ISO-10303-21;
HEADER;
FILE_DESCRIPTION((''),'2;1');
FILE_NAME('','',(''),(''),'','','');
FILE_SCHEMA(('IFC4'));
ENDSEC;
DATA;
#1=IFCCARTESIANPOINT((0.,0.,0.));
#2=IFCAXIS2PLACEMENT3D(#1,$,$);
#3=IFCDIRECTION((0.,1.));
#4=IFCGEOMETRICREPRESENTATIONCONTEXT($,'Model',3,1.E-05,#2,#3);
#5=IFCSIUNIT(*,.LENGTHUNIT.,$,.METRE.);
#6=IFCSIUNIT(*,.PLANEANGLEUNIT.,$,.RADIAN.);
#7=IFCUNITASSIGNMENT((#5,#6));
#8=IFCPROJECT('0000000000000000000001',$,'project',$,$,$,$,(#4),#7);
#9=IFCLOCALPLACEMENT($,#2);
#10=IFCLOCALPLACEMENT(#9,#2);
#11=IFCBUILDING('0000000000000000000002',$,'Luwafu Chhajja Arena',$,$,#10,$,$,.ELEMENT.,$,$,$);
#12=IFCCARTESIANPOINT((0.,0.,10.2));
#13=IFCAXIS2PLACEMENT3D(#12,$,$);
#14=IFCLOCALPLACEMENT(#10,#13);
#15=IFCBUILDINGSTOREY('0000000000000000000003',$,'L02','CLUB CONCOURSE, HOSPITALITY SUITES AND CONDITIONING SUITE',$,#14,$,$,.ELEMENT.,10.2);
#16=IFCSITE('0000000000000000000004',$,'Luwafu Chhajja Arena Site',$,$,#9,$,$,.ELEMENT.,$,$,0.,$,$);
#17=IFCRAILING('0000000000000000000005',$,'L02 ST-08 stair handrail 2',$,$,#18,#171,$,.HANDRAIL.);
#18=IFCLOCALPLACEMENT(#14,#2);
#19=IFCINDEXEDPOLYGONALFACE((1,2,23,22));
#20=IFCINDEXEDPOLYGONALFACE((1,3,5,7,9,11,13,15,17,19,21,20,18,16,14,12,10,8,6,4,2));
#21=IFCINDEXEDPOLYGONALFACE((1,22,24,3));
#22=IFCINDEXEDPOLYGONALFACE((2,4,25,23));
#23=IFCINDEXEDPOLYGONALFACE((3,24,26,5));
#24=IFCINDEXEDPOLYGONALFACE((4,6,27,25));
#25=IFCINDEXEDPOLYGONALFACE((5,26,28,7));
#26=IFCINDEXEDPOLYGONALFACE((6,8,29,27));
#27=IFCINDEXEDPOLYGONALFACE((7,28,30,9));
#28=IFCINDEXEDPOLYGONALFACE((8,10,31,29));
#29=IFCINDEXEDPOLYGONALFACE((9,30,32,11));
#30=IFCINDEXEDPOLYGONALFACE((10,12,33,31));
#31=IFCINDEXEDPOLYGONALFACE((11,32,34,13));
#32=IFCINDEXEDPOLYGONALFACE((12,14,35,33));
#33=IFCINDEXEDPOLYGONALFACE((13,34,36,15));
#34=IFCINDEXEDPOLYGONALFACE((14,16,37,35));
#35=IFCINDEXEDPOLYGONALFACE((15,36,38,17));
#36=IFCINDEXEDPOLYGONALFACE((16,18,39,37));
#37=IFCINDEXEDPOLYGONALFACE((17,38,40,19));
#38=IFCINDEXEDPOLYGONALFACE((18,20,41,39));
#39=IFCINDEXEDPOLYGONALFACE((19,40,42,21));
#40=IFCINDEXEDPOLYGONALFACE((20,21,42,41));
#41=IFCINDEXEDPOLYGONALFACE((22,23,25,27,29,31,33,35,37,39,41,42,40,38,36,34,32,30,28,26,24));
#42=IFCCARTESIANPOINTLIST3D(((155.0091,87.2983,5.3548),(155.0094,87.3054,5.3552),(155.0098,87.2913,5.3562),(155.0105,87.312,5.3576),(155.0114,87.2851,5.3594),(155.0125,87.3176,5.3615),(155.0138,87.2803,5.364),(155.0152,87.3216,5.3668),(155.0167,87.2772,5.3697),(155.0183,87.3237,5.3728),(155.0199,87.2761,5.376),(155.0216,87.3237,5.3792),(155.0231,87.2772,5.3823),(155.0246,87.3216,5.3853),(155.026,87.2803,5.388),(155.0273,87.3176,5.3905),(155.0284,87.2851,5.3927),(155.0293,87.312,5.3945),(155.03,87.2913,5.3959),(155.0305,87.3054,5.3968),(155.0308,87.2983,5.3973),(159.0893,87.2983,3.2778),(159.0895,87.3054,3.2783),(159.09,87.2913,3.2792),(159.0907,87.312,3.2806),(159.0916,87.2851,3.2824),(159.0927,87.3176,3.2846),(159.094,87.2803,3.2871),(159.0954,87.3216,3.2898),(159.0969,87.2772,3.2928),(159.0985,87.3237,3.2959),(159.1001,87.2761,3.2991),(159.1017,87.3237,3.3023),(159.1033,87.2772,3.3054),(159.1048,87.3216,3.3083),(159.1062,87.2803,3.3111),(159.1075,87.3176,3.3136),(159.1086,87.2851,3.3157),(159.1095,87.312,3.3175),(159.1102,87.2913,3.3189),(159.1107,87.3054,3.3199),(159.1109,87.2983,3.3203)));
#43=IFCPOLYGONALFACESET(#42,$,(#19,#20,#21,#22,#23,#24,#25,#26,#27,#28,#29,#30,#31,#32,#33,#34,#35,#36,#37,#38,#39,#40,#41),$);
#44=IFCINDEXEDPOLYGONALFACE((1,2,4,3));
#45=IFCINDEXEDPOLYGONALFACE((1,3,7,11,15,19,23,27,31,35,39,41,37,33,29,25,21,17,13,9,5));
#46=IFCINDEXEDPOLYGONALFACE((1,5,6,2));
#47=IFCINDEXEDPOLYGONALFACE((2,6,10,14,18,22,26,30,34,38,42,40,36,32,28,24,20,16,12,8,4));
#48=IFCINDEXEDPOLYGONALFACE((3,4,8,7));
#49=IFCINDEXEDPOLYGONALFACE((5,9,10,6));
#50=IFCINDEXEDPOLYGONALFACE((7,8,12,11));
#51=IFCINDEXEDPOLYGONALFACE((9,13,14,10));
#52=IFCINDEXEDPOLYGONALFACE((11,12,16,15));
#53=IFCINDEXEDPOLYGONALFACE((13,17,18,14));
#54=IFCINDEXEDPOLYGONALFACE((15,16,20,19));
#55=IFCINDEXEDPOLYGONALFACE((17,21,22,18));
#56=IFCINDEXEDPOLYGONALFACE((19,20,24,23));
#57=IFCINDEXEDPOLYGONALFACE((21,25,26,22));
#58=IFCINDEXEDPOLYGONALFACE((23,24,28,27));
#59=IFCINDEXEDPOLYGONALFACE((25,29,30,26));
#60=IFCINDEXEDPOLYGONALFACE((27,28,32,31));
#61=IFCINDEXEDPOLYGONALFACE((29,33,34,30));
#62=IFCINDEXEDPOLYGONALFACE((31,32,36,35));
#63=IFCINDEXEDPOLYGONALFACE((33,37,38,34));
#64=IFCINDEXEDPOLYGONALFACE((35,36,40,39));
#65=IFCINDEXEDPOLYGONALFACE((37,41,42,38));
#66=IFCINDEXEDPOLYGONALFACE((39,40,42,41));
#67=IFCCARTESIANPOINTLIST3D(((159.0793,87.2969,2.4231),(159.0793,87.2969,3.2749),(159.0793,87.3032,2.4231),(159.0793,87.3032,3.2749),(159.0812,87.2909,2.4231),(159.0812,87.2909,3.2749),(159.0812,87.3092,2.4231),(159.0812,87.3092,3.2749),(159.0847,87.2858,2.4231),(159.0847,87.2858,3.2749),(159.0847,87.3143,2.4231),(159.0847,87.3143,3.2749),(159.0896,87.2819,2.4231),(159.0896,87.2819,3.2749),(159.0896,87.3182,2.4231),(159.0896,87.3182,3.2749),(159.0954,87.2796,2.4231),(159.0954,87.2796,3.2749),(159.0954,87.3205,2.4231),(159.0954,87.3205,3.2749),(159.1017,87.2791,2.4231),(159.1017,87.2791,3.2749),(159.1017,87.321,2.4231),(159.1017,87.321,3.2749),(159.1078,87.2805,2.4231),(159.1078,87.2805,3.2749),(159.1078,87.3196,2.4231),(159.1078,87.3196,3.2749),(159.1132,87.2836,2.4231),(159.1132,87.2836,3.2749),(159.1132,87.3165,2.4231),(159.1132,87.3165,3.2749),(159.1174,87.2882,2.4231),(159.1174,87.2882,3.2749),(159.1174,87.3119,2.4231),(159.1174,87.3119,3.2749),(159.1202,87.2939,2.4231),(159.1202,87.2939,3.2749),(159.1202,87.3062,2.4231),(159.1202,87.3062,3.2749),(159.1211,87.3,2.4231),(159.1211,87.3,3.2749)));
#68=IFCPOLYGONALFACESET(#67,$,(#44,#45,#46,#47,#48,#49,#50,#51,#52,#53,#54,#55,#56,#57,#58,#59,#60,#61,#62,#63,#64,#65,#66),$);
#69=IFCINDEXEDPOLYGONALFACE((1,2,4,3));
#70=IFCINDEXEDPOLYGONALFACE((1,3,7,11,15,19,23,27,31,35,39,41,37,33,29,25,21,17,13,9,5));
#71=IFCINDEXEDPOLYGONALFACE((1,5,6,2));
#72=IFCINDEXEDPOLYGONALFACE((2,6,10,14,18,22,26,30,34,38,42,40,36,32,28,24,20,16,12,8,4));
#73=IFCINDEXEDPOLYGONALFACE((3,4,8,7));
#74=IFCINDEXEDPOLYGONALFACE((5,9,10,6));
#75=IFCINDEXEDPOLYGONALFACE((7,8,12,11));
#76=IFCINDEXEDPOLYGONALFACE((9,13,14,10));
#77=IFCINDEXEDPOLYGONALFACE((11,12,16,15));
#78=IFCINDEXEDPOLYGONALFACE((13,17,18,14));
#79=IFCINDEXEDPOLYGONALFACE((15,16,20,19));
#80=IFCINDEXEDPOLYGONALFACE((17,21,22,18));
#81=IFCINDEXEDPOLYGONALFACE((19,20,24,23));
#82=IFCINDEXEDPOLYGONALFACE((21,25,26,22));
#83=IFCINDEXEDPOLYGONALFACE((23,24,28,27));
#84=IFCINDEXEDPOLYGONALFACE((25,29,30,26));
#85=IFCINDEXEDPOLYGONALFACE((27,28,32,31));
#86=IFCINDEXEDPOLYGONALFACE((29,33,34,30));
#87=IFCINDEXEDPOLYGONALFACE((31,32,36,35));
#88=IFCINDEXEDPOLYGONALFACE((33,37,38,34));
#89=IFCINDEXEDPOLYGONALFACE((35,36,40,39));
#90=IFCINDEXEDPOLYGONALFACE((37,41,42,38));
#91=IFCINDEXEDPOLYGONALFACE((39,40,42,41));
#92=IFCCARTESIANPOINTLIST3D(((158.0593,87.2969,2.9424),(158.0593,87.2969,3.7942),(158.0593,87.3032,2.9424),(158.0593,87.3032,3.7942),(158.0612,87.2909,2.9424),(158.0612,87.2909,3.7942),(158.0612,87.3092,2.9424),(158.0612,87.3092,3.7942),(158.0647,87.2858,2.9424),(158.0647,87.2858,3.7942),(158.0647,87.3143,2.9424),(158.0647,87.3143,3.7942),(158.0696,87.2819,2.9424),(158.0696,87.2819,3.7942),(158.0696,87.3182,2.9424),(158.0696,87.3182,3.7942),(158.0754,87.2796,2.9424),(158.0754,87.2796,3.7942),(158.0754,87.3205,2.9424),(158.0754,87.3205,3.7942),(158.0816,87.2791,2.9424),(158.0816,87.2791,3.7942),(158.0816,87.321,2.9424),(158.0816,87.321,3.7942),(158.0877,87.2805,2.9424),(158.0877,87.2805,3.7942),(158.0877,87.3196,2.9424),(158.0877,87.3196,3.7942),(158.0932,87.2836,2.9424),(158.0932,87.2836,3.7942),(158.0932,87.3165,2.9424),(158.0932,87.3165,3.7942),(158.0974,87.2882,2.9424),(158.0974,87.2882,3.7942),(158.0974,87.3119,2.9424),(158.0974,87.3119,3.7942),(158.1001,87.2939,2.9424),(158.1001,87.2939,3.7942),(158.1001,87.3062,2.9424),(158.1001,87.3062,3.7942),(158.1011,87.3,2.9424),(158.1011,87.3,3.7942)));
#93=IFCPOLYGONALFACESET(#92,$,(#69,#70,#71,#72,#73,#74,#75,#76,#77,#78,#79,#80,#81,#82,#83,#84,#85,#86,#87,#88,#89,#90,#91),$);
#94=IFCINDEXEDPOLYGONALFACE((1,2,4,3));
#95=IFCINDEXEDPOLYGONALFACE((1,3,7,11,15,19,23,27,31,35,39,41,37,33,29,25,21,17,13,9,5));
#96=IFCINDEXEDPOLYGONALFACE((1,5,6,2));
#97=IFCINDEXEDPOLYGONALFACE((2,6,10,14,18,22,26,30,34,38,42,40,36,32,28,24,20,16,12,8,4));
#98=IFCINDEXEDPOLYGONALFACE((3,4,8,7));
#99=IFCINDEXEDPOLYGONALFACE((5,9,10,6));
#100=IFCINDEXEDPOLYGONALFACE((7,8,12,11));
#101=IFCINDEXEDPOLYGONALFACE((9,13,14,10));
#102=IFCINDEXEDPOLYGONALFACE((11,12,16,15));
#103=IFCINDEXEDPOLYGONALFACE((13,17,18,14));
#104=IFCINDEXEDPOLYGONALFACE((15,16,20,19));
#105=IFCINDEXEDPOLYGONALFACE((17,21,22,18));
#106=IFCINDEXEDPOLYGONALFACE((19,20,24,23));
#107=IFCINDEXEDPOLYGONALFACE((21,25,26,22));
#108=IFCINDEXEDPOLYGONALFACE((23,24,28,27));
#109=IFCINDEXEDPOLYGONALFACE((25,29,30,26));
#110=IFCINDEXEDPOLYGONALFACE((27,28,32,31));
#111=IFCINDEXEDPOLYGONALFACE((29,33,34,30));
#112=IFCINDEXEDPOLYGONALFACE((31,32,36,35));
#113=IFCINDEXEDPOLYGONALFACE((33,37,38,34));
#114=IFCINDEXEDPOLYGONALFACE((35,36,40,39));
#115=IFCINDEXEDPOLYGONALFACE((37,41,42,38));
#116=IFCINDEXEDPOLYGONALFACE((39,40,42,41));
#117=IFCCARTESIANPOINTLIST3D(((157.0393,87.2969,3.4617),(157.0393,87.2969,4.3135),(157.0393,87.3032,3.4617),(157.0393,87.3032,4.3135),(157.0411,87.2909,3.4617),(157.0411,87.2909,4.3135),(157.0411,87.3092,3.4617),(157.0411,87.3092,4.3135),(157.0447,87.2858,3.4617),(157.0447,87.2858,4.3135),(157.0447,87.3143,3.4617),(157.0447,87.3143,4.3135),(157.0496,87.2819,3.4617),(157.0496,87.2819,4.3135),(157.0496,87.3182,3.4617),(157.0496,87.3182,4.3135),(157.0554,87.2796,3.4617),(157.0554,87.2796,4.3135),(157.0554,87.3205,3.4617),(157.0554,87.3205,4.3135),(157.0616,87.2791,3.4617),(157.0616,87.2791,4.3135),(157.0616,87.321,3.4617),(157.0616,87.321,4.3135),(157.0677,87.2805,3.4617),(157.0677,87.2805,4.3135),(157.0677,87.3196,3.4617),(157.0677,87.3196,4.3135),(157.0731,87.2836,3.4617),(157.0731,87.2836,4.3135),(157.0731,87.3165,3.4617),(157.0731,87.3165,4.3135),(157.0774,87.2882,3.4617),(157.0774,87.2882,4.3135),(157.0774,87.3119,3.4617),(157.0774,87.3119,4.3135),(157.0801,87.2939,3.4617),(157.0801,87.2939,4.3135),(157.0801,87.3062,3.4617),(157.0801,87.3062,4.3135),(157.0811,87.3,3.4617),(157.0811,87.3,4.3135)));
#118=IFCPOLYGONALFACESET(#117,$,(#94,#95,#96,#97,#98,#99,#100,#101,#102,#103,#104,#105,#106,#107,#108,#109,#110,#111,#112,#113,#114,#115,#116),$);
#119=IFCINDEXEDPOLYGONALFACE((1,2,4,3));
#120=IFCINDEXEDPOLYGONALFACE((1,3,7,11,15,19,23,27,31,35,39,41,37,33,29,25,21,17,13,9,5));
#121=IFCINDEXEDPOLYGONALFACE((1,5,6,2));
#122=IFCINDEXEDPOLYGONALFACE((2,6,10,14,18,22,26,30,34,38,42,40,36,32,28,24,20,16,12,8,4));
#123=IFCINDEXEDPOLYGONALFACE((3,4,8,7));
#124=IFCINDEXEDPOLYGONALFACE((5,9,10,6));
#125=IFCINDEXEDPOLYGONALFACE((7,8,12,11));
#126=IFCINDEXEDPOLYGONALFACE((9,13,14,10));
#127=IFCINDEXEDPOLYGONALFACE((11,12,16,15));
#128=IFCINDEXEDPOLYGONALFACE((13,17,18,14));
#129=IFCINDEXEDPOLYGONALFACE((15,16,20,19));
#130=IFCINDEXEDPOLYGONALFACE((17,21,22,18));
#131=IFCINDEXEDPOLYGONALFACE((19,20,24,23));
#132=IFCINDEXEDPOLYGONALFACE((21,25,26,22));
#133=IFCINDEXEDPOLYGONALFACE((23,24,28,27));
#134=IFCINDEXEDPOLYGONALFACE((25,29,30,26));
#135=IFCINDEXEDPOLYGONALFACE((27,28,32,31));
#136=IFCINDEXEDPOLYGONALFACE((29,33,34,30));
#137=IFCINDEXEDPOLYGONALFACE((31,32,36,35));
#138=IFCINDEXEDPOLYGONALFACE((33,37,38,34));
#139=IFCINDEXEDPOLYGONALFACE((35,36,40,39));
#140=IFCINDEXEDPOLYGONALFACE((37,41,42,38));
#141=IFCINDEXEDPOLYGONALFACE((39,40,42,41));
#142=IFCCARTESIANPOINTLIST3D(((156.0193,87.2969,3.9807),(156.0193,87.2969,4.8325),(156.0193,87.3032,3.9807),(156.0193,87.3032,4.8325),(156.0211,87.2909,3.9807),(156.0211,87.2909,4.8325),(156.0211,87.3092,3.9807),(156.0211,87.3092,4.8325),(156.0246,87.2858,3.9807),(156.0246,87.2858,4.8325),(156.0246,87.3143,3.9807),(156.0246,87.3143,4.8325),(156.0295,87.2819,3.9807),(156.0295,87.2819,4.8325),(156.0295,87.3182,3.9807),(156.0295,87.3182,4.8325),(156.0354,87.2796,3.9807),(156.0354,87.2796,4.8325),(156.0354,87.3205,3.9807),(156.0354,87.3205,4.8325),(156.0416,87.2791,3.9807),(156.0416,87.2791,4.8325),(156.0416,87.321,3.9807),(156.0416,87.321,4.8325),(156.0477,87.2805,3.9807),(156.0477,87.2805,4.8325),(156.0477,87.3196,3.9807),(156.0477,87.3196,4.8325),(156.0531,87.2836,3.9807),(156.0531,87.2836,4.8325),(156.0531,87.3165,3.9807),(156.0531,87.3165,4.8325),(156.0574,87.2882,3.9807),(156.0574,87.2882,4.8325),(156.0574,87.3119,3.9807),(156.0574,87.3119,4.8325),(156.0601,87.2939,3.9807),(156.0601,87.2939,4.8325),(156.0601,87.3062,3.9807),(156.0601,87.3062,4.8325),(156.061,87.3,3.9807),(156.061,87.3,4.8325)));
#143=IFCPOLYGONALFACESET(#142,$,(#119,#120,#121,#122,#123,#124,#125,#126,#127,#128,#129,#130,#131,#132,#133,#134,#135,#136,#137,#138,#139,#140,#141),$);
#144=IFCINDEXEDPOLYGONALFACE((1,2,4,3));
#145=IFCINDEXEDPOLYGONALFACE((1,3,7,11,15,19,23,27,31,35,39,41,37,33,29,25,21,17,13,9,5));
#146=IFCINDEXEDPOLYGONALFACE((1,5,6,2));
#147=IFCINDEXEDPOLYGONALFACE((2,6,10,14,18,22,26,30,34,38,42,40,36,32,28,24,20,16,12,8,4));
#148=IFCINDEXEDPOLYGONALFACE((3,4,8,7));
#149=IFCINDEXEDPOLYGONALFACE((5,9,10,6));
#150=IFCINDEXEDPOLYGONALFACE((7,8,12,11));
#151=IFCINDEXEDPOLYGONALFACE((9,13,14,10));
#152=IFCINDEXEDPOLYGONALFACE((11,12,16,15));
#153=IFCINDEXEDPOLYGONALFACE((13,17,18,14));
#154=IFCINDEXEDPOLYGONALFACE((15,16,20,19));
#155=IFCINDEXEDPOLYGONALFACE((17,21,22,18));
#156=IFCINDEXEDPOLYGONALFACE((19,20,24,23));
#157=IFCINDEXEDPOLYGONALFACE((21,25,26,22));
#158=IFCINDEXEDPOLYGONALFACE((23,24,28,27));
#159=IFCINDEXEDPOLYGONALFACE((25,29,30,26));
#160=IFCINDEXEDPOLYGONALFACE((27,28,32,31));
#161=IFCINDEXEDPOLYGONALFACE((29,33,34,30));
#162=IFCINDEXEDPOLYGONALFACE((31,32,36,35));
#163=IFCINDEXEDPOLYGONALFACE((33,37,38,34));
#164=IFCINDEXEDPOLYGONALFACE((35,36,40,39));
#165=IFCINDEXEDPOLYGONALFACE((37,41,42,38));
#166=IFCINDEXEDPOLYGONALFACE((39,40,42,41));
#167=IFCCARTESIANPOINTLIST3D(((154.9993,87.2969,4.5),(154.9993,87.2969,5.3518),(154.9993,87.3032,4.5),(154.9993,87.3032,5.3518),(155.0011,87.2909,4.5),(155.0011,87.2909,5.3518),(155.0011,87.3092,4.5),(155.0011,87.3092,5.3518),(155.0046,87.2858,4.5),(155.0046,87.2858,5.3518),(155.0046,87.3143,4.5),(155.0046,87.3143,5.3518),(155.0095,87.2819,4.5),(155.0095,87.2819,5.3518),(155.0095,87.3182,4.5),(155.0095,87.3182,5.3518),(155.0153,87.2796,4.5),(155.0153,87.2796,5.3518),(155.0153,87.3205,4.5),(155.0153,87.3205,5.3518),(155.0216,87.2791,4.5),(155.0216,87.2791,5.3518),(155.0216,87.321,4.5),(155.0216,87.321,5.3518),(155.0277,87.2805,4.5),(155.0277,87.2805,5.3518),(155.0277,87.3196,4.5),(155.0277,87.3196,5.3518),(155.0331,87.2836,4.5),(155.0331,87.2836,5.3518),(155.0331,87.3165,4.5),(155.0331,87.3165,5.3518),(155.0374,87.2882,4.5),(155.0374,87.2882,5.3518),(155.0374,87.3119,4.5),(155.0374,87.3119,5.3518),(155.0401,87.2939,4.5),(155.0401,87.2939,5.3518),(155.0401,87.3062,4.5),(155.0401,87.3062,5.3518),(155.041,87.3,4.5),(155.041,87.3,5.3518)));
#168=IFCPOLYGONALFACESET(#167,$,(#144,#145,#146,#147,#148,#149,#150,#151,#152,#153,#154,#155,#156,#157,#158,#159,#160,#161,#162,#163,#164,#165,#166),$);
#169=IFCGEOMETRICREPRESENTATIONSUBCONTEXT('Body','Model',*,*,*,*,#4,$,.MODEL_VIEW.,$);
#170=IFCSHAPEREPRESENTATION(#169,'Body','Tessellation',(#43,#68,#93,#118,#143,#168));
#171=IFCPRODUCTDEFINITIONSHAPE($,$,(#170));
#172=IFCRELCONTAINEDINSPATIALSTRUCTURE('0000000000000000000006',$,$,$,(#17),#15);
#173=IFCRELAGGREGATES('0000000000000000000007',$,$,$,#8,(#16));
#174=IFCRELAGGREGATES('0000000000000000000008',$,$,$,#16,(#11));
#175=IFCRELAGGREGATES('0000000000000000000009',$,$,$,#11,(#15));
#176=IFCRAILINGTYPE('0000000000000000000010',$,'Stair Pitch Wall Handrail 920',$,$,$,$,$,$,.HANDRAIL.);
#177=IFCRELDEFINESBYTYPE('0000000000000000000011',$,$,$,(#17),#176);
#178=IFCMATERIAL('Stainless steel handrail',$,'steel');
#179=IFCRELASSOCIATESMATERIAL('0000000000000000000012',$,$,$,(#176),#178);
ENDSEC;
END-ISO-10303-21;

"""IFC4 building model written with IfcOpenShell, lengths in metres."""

from ifc_helpers import new_model, si_unit, direction, frame, origin, origin_2d, place, context, subcontext, project, spatial, circle, extrude, material, type_object, element, save


model = new_model("IFC4")

# Units and contexts
model_context = context("Model", 3, precision=1e-05, world=origin(), true_north=direction((0.0, 1.0)))
body_context = subcontext(model_context, "Body", "Model", "MODEL_VIEW")
ifc_project = project(units=[si_unit("LENGTHUNIT", "METRE"), si_unit("PLANEANGLEUNIT", "RADIAN")], contexts=[model_context])

# Site, building, storey
site_placement = place(None, origin())
site = spatial("IfcSite", under=ifc_project, at=site_placement, Name="Luwafu Chhajja Arena Site", CompositionType="ELEMENT", RefElevation=0.0)
building_placement = place(site_placement, origin())
building = spatial("IfcBuilding", under=site, at=building_placement, Name="Luwafu Chhajja Arena", CompositionType="ELEMENT")
storey_placement = place(building_placement, frame((0.0, 0.0, 10.2)))
storey = spatial("IfcBuildingStorey", under=building, at=storey_placement, Name="L02", Description="CLUB CONCOURSE, HOSPITALITY SUITES AND CONDITIONING SUITE", CompositionType="ELEMENT", Elevation=10.2)

# Railing
ifc_material_1 = material(Name="Stainless steel handrail", Category="steel")
railing_type_1 = type_object("IfcRailingType", Name="Stair Pitch Wall Handrail 920", PredefinedType="HANDRAIL", material=ifc_material_1)
for number, where, name in (
    (1, (159.1001, 87.3, 2.4231), "L02 ST-08 stair handrail 2"),
):
    element("IfcRailing", number, at=place(storey_placement, frame(where)), inside=storey, type_object=railing_type_1, Name=name, PredefinedType="HANDRAIL", context=body_context, shape_type="SweptSolid", body=[
        extrude(circle(Radius=0.0239, at=origin_2d()), frame((0.0, 0.0, 0.876), z_axis=(-0.891183, 0.0, 0.453644), x_axis=(0.0, -1.0, 0.0)), (0.0, 0.0, 1.0), 4.5784),
        extrude(circle(Radius=0.021, at=origin_2d()), origin(), (0.0, 0.0, 1.0), 0.8518),
        extrude(circle(Radius=0.021, at=origin_2d()), frame((-1.02, 0.0, 0.5193)), (0.0, 0.0, 1.0), 0.8518),
        extrude(circle(Radius=0.021, at=origin_2d()), frame((-2.04, 0.0, 1.0386)), (0.0, 0.0, 1.0), 0.8518),
        extrude(circle(Radius=0.021, at=origin_2d()), frame((-3.0601, 0.0, 1.5576)), (0.0, 0.0, 1.0), 0.8518),
        extrude(circle(Radius=0.021, at=origin_2d()), frame((-4.0801, 0.0, 2.0769)), (0.0, 0.0, 1.0), 0.8518),
    ])

save(model, "model.ifc")
